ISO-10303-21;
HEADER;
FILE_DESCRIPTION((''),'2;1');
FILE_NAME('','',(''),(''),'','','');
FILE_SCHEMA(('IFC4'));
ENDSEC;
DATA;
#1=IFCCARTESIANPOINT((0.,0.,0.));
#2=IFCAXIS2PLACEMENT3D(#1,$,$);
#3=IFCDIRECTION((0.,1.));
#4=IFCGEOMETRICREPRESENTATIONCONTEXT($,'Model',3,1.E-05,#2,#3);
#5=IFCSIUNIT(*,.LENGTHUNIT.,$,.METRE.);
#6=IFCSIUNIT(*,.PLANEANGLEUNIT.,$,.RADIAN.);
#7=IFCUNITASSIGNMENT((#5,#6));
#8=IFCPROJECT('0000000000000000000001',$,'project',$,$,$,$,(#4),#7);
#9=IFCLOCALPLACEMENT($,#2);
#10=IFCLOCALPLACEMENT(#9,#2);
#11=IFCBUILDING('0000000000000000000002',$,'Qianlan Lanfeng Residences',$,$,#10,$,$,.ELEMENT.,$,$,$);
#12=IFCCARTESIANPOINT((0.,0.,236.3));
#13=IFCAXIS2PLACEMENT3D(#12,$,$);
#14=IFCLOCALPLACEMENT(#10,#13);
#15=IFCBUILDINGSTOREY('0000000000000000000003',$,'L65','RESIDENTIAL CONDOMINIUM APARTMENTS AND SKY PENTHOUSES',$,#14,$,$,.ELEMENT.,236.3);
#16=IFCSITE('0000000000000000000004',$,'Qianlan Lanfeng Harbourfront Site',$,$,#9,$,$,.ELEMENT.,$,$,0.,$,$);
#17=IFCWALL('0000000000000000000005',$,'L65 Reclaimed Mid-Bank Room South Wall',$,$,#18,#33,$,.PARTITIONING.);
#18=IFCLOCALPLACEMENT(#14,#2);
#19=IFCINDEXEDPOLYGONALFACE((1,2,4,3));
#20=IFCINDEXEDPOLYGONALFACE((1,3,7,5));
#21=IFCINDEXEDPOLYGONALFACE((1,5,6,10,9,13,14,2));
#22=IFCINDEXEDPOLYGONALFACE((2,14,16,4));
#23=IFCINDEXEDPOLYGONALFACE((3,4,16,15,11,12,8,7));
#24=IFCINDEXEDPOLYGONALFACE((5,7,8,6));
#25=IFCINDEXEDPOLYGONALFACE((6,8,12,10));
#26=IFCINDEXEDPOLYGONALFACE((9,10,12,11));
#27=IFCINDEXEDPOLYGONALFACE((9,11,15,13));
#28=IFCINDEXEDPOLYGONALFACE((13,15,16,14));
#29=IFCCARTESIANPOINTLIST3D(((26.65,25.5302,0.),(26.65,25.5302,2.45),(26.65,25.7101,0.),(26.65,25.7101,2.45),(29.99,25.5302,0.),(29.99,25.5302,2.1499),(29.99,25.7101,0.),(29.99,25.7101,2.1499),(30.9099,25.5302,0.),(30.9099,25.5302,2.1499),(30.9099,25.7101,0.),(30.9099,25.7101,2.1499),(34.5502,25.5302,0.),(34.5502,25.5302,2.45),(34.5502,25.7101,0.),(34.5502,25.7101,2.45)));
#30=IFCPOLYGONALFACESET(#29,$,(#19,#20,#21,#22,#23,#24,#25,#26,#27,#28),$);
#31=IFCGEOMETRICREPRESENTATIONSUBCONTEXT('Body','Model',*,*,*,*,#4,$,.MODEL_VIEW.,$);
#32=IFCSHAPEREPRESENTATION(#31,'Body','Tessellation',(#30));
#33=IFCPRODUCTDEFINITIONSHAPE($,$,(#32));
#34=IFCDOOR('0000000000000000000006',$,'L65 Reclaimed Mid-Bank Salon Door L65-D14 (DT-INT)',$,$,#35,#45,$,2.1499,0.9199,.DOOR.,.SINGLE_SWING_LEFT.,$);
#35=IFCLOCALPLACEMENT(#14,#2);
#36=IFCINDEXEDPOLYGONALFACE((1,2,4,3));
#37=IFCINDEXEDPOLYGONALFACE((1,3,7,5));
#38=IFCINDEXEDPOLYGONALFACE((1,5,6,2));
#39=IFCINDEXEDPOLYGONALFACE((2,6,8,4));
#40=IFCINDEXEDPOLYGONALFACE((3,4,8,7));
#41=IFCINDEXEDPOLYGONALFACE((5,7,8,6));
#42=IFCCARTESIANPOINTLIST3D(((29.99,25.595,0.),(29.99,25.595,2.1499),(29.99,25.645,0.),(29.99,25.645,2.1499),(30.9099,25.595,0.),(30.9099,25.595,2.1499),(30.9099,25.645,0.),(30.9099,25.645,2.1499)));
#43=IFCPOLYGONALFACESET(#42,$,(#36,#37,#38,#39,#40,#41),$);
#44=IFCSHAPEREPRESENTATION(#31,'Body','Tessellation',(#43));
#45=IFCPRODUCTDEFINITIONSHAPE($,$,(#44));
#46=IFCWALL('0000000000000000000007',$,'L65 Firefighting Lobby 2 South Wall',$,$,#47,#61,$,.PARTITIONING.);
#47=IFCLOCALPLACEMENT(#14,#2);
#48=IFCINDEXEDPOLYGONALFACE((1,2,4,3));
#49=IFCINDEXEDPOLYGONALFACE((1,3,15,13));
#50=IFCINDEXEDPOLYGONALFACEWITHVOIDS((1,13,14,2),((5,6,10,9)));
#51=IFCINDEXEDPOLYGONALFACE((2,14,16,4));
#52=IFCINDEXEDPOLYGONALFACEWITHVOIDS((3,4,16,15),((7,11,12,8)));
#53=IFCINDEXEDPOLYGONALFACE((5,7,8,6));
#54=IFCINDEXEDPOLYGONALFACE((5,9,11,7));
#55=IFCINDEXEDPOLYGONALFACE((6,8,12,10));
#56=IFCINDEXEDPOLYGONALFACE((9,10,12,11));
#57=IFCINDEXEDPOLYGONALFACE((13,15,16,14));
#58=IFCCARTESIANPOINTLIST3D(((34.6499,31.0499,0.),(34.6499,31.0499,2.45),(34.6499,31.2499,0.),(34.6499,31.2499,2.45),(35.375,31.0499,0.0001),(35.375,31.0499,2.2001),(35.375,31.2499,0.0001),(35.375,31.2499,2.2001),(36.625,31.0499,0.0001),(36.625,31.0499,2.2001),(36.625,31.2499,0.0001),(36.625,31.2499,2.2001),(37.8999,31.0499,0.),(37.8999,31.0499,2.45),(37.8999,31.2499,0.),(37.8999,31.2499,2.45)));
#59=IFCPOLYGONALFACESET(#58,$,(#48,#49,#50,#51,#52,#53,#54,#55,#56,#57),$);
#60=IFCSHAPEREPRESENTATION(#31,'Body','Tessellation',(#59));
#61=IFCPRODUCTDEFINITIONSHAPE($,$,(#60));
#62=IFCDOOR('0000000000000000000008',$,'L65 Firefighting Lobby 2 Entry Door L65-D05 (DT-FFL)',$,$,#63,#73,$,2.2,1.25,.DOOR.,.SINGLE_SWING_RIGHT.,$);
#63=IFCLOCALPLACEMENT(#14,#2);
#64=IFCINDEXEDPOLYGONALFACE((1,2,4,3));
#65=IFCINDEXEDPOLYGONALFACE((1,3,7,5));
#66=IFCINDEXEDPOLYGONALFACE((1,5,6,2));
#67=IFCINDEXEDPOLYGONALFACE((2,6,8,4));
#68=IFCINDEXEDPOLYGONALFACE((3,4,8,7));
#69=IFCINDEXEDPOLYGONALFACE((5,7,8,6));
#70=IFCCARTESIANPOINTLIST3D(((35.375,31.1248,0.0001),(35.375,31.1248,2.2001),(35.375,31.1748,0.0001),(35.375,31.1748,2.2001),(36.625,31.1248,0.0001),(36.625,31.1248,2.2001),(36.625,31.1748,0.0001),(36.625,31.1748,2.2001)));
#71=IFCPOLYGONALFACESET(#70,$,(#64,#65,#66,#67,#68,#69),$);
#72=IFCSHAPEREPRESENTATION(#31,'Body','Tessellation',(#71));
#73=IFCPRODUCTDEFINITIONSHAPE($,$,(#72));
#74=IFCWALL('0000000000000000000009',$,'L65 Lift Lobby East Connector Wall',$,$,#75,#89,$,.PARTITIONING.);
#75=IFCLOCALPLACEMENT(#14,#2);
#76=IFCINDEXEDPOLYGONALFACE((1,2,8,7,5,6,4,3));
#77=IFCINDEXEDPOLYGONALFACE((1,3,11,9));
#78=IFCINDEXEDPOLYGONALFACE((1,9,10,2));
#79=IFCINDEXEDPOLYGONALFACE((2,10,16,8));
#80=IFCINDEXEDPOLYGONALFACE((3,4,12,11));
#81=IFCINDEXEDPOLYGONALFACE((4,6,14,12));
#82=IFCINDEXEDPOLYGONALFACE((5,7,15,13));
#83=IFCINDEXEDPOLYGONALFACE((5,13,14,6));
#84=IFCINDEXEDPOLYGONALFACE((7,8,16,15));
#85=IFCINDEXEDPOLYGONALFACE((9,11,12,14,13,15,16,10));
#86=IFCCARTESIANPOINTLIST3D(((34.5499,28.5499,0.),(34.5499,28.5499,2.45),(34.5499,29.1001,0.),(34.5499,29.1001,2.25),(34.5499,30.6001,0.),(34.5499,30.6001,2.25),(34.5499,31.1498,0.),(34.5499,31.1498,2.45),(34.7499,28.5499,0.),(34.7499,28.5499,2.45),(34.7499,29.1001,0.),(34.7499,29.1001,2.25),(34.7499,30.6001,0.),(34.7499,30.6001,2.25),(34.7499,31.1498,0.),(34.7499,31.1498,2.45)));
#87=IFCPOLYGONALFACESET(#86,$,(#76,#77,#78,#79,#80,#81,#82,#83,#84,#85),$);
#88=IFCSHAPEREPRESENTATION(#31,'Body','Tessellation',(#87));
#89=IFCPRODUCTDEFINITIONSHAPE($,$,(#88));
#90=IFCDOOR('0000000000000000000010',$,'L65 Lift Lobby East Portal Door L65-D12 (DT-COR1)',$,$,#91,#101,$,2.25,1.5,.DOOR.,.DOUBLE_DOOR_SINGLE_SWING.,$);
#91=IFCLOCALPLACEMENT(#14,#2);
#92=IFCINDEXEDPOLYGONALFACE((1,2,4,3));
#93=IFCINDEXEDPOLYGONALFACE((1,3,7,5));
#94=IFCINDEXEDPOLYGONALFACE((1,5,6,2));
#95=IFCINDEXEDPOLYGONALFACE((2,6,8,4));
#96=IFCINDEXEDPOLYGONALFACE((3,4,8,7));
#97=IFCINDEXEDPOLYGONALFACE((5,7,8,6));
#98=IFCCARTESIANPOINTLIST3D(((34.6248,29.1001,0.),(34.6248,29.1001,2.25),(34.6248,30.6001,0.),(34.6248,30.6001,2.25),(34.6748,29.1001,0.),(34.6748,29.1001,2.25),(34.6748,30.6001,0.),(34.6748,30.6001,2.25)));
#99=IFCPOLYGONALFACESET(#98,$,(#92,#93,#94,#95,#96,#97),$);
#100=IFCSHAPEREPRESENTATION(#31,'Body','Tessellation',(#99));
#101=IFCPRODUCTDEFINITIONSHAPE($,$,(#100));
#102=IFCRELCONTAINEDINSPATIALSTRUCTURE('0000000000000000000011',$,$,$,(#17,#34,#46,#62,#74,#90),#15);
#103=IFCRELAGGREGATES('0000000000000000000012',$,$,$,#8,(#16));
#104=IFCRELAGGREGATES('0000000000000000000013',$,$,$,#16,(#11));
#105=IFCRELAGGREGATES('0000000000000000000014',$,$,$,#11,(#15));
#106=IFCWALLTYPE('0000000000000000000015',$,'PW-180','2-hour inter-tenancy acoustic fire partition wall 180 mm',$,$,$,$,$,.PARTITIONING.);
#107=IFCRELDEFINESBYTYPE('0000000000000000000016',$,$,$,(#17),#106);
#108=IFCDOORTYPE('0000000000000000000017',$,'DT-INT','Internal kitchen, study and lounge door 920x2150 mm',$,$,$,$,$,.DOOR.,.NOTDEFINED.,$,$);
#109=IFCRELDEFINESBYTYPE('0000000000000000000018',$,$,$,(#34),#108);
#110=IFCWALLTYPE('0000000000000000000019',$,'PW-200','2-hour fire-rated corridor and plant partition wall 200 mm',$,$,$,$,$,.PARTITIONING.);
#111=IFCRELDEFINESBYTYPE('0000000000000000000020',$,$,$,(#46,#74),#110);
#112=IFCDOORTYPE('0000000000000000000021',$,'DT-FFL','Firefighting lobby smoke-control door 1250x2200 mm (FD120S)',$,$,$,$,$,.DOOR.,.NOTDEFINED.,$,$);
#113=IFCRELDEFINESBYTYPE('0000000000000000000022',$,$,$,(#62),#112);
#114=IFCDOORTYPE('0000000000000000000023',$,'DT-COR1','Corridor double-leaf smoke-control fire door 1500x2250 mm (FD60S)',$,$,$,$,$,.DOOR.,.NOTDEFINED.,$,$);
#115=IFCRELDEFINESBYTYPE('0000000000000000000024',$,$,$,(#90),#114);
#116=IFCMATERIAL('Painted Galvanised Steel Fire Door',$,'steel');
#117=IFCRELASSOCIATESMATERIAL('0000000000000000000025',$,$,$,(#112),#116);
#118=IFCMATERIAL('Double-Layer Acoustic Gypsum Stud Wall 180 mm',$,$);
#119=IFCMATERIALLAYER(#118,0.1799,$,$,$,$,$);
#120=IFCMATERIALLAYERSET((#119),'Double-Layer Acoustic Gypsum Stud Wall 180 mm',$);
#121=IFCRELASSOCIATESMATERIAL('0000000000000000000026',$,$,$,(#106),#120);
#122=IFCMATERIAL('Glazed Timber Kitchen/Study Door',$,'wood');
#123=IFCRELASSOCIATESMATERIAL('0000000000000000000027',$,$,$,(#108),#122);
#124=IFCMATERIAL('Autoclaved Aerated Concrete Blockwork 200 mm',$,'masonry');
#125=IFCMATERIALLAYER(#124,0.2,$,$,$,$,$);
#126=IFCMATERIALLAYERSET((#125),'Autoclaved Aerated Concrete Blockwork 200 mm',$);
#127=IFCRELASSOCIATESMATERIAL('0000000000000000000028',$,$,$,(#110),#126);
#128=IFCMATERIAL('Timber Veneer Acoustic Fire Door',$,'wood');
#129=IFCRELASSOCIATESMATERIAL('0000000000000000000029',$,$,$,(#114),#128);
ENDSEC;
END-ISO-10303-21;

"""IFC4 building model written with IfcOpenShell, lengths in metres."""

from ifc_helpers import new_model, si_unit, direction, frame, frame_2d, origin, place, context, subcontext, project, spatial, rectangle, extrude, material, layer, layer_set, type_object, element, fill, save


model = new_model("IFC4")

# Units and contexts
model_context = context("Model", 3, precision=1e-05, world=origin(), true_north=direction((0.0, 1.0)))
body_context = subcontext(model_context, "Body", "Model", "MODEL_VIEW")
ifc_project = project(units=[si_unit("LENGTHUNIT", "METRE"), si_unit("PLANEANGLEUNIT", "RADIAN")], contexts=[model_context])

# Site, building, storey
site_placement = place(None, origin())
site = spatial("IfcSite", under=ifc_project, at=site_placement, Name="Qianlan Lanfeng Harbourfront Site", CompositionType="ELEMENT", RefElevation=0.0)
building_placement = place(site_placement, origin())
building = spatial("IfcBuilding", under=site, at=building_placement, Name="Qianlan Lanfeng Residences", CompositionType="ELEMENT")
storey_placement = place(building_placement, frame((0.0, 0.0, 236.3)))
storey = spatial("IfcBuildingStorey", under=building, at=storey_placement, Name="L65", Description="RESIDENTIAL CONDOMINIUM APARTMENTS AND SKY PENTHOUSES", CompositionType="ELEMENT", Elevation=236.3)

# Shared definitions
ifc_material_1 = material(Name="Painted Galvanised Steel Fire Door", Category="steel")
door_type_1 = type_object("IfcDoorType", Name="DT-FFL", Description="Firefighting lobby smoke-control door 1250x2200 mm (FD120S)", OperationType="NOTDEFINED", PredefinedType="DOOR", material=ifc_material_1)

# Shared definitions
ifc_material_2 = material(Name="Double-Layer Acoustic Gypsum Stud Wall 180 mm")
ifc_layer_1 = layer(ifc_material_2, 0.1799)
ifc_layer_set_1 = layer_set([ifc_layer_1], Name="Double-Layer Acoustic Gypsum Stud Wall 180 mm")
wall_type_1 = type_object("IfcWallType", Name="PW-180", Description="2-hour inter-tenancy acoustic fire partition wall 180 mm", PredefinedType="PARTITIONING", material=ifc_layer_set_1)
ifc_material_3 = material(Name="Glazed Timber Kitchen/Study Door", Category="wood")
door_type_2 = type_object("IfcDoorType", Name="DT-INT", Description="Internal kitchen, study and lounge door 920x2150 mm", OperationType="NOTDEFINED", PredefinedType="DOOR", material=ifc_material_3)

# Walls, openings, doors
wall_1_placement = place(storey_placement, frame((26.6499, 25.6201, 0.0), z_axis=(0.0, 0.0, 1.0), x_axis=(1.0, 0.0, 0.0)))
wall_1 = element("IfcWall", 1, at=wall_1_placement, inside=storey, type_object=wall_type_1, Name="L65 Reclaimed Mid-Bank Room South Wall", PredefinedType="PARTITIONING", context=body_context, shape_type="SweptSolid", body=[
    extrude(rectangle(XDim=7.9001, YDim=0.1799, at=frame_2d((3.9502, 0.0))), origin(), (0.0, 0.0, 1.0), 2.45),
])
opening_1_placement = place(wall_1_placement, frame((3.3401, 0.0, 0.0)))
opening_1 = element("IfcOpeningElement", 2, at=opening_1_placement, cuts=wall_1, PredefinedType="OPENING", context=body_context, shape_type="SweptSolid", body=[
    extrude(rectangle(XDim=0.9199, YDim=2.1499, at=frame_2d((0.46, 1.075))), frame((0.0, 0.1001, 0.0), z_axis=(0.0, -1.0, 0.0), x_axis=(1.0, 0.0, 0.0)), (0.0, 0.0, 1.0), 0.2),
])
door_1_placement = place(opening_1_placement, origin())
door_1 = element("IfcDoor", 3, at=door_1_placement, inside=storey, type_object=door_type_2, Name="L65 Reclaimed Mid-Bank Salon Door L65-D14 (DT-INT)", OperationType="SINGLE_SWING_LEFT", OverallHeight=2.1499, OverallWidth=0.9199, PredefinedType="DOOR", context=body_context, shape_type="SweptSolid", body=[
    extrude(rectangle(XDim=0.9199, YDim=2.1499, at=frame_2d((0.46, 1.075))), frame((0.0, 0.0249, 0.0), z_axis=(0.0, -1.0, 0.0), x_axis=(1.0, 0.0, 0.0)), (0.0, 0.0, 1.0), 0.05),
])
fill(opening_1, door_1)
ifc_material_4 = material(Name="Autoclaved Aerated Concrete Blockwork 200 mm", Category="masonry")
ifc_layer_2 = layer(ifc_material_4, 0.2)
ifc_layer_set_2 = layer_set([ifc_layer_2], Name="Autoclaved Aerated Concrete Blockwork 200 mm")
wall_type_2 = type_object("IfcWallType", Name="PW-200", Description="2-hour fire-rated corridor and plant partition wall 200 mm", PredefinedType="PARTITIONING", material=ifc_layer_set_2)
wall_2_placement = place(storey_placement, frame((34.6499, 31.1499, 0.0), z_axis=(0.0, 0.0, 1.0), x_axis=(1.0, 0.0, 0.0)))
wall_2 = element("IfcWall", 4, at=wall_2_placement, inside=storey, type_object=wall_type_2, Name="L65 Firefighting Lobby 2 South Wall", PredefinedType="PARTITIONING", context=body_context, shape_type="SweptSolid", body=[
    extrude(rectangle(XDim=3.25, YDim=0.2, at=frame_2d((1.625, 0.0))), origin(), (0.0, 0.0, 1.0), 2.45),
])
opening_2_placement = place(wall_2_placement, frame((0.7251, 0.0, 0.0)))
opening_2 = element("IfcOpeningElement", 5, at=opening_2_placement, cuts=wall_2, PredefinedType="OPENING", context=body_context, shape_type="SweptSolid", body=[
    extrude(rectangle(XDim=1.25, YDim=2.2, at=frame_2d((0.625, 1.1001))), frame((0.0, 0.1099, 0.0), z_axis=(0.0, -1.0, 0.0), x_axis=(1.0, 0.0, 0.0)), (0.0, 0.0, 1.0), 0.22),
])
door_2_placement = place(opening_2_placement, origin())
door_2 = element("IfcDoor", 6, at=door_2_placement, inside=storey, type_object=door_type_1, Name="L65 Firefighting Lobby 2 Entry Door L65-D05 (DT-FFL)", OperationType="SINGLE_SWING_RIGHT", OverallHeight=2.2, OverallWidth=1.25, PredefinedType="DOOR", context=body_context, shape_type="SweptSolid", body=[
    extrude(rectangle(XDim=1.25, YDim=2.2, at=frame_2d((0.625, 1.1001))), frame((0.0, 0.0249, 0.0), z_axis=(0.0, -1.0, 0.0), x_axis=(1.0, 0.0, 0.0)), (0.0, 0.0, 1.0), 0.05),
])
fill(opening_2, door_2)
wall_3_placement = place(storey_placement, frame((34.6499, 28.55, 0.0), z_axis=(0.0, 0.0, 1.0), x_axis=(0.0, 1.0, 0.0)))
wall_3 = element("IfcWall", 7, at=wall_3_placement, inside=storey, type_object=wall_type_2, Name="L65 Lift Lobby East Connector Wall", PredefinedType="PARTITIONING", context=body_context, shape_type="SweptSolid", body=[
    extrude(rectangle(XDim=2.5999, YDim=0.2, at=frame_2d((1.2998, 0.0))), origin(), (0.0, 0.0, 1.0), 2.45),
])
opening_3_placement = place(wall_3_placement, frame((0.55, 0.0, 0.0)))
opening_3 = element("IfcOpeningElement", 8, at=opening_3_placement, cuts=wall_3, PredefinedType="OPENING", context=body_context, shape_type="SweptSolid", body=[
    extrude(rectangle(XDim=1.5, YDim=2.25, at=frame_2d((0.75, 1.125))), frame((0.0, 0.1099, 0.0), z_axis=(0.0, -1.0, 0.0), x_axis=(1.0, 0.0, 0.0)), (0.0, 0.0, 1.0), 0.22),
])
ifc_material_5 = material(Name="Timber Veneer Acoustic Fire Door", Category="wood")
door_type_3 = type_object("IfcDoorType", Name="DT-COR1", Description="Corridor double-leaf smoke-control fire door 1500x2250 mm (FD60S)", OperationType="NOTDEFINED", PredefinedType="DOOR", material=ifc_material_5)
door_3_placement = place(opening_3_placement, frame((1.5, 0.0, 0.0), z_axis=(0.0, 0.0, 1.0), x_axis=(-1.0, 0.0, 0.0)))
door_3 = element("IfcDoor", 9, at=door_3_placement, inside=storey, type_object=door_type_3, Name="L65 Lift Lobby East Portal Door L65-D12 (DT-COR1)", OperationType="DOUBLE_DOOR_SINGLE_SWING", OverallHeight=2.25, OverallWidth=1.5, PredefinedType="DOOR", context=body_context, shape_type="SweptSolid", body=[
    extrude(rectangle(XDim=1.5, YDim=2.25, at=frame_2d((0.75, 1.125))), frame((0.0, 0.0249, 0.0), z_axis=(0.0, -1.0, 0.0), x_axis=(1.0, 0.0, 0.0)), (0.0, 0.0, 1.0), 0.05),
])
fill(opening_3, door_3)

save(model, "model.ifc")
